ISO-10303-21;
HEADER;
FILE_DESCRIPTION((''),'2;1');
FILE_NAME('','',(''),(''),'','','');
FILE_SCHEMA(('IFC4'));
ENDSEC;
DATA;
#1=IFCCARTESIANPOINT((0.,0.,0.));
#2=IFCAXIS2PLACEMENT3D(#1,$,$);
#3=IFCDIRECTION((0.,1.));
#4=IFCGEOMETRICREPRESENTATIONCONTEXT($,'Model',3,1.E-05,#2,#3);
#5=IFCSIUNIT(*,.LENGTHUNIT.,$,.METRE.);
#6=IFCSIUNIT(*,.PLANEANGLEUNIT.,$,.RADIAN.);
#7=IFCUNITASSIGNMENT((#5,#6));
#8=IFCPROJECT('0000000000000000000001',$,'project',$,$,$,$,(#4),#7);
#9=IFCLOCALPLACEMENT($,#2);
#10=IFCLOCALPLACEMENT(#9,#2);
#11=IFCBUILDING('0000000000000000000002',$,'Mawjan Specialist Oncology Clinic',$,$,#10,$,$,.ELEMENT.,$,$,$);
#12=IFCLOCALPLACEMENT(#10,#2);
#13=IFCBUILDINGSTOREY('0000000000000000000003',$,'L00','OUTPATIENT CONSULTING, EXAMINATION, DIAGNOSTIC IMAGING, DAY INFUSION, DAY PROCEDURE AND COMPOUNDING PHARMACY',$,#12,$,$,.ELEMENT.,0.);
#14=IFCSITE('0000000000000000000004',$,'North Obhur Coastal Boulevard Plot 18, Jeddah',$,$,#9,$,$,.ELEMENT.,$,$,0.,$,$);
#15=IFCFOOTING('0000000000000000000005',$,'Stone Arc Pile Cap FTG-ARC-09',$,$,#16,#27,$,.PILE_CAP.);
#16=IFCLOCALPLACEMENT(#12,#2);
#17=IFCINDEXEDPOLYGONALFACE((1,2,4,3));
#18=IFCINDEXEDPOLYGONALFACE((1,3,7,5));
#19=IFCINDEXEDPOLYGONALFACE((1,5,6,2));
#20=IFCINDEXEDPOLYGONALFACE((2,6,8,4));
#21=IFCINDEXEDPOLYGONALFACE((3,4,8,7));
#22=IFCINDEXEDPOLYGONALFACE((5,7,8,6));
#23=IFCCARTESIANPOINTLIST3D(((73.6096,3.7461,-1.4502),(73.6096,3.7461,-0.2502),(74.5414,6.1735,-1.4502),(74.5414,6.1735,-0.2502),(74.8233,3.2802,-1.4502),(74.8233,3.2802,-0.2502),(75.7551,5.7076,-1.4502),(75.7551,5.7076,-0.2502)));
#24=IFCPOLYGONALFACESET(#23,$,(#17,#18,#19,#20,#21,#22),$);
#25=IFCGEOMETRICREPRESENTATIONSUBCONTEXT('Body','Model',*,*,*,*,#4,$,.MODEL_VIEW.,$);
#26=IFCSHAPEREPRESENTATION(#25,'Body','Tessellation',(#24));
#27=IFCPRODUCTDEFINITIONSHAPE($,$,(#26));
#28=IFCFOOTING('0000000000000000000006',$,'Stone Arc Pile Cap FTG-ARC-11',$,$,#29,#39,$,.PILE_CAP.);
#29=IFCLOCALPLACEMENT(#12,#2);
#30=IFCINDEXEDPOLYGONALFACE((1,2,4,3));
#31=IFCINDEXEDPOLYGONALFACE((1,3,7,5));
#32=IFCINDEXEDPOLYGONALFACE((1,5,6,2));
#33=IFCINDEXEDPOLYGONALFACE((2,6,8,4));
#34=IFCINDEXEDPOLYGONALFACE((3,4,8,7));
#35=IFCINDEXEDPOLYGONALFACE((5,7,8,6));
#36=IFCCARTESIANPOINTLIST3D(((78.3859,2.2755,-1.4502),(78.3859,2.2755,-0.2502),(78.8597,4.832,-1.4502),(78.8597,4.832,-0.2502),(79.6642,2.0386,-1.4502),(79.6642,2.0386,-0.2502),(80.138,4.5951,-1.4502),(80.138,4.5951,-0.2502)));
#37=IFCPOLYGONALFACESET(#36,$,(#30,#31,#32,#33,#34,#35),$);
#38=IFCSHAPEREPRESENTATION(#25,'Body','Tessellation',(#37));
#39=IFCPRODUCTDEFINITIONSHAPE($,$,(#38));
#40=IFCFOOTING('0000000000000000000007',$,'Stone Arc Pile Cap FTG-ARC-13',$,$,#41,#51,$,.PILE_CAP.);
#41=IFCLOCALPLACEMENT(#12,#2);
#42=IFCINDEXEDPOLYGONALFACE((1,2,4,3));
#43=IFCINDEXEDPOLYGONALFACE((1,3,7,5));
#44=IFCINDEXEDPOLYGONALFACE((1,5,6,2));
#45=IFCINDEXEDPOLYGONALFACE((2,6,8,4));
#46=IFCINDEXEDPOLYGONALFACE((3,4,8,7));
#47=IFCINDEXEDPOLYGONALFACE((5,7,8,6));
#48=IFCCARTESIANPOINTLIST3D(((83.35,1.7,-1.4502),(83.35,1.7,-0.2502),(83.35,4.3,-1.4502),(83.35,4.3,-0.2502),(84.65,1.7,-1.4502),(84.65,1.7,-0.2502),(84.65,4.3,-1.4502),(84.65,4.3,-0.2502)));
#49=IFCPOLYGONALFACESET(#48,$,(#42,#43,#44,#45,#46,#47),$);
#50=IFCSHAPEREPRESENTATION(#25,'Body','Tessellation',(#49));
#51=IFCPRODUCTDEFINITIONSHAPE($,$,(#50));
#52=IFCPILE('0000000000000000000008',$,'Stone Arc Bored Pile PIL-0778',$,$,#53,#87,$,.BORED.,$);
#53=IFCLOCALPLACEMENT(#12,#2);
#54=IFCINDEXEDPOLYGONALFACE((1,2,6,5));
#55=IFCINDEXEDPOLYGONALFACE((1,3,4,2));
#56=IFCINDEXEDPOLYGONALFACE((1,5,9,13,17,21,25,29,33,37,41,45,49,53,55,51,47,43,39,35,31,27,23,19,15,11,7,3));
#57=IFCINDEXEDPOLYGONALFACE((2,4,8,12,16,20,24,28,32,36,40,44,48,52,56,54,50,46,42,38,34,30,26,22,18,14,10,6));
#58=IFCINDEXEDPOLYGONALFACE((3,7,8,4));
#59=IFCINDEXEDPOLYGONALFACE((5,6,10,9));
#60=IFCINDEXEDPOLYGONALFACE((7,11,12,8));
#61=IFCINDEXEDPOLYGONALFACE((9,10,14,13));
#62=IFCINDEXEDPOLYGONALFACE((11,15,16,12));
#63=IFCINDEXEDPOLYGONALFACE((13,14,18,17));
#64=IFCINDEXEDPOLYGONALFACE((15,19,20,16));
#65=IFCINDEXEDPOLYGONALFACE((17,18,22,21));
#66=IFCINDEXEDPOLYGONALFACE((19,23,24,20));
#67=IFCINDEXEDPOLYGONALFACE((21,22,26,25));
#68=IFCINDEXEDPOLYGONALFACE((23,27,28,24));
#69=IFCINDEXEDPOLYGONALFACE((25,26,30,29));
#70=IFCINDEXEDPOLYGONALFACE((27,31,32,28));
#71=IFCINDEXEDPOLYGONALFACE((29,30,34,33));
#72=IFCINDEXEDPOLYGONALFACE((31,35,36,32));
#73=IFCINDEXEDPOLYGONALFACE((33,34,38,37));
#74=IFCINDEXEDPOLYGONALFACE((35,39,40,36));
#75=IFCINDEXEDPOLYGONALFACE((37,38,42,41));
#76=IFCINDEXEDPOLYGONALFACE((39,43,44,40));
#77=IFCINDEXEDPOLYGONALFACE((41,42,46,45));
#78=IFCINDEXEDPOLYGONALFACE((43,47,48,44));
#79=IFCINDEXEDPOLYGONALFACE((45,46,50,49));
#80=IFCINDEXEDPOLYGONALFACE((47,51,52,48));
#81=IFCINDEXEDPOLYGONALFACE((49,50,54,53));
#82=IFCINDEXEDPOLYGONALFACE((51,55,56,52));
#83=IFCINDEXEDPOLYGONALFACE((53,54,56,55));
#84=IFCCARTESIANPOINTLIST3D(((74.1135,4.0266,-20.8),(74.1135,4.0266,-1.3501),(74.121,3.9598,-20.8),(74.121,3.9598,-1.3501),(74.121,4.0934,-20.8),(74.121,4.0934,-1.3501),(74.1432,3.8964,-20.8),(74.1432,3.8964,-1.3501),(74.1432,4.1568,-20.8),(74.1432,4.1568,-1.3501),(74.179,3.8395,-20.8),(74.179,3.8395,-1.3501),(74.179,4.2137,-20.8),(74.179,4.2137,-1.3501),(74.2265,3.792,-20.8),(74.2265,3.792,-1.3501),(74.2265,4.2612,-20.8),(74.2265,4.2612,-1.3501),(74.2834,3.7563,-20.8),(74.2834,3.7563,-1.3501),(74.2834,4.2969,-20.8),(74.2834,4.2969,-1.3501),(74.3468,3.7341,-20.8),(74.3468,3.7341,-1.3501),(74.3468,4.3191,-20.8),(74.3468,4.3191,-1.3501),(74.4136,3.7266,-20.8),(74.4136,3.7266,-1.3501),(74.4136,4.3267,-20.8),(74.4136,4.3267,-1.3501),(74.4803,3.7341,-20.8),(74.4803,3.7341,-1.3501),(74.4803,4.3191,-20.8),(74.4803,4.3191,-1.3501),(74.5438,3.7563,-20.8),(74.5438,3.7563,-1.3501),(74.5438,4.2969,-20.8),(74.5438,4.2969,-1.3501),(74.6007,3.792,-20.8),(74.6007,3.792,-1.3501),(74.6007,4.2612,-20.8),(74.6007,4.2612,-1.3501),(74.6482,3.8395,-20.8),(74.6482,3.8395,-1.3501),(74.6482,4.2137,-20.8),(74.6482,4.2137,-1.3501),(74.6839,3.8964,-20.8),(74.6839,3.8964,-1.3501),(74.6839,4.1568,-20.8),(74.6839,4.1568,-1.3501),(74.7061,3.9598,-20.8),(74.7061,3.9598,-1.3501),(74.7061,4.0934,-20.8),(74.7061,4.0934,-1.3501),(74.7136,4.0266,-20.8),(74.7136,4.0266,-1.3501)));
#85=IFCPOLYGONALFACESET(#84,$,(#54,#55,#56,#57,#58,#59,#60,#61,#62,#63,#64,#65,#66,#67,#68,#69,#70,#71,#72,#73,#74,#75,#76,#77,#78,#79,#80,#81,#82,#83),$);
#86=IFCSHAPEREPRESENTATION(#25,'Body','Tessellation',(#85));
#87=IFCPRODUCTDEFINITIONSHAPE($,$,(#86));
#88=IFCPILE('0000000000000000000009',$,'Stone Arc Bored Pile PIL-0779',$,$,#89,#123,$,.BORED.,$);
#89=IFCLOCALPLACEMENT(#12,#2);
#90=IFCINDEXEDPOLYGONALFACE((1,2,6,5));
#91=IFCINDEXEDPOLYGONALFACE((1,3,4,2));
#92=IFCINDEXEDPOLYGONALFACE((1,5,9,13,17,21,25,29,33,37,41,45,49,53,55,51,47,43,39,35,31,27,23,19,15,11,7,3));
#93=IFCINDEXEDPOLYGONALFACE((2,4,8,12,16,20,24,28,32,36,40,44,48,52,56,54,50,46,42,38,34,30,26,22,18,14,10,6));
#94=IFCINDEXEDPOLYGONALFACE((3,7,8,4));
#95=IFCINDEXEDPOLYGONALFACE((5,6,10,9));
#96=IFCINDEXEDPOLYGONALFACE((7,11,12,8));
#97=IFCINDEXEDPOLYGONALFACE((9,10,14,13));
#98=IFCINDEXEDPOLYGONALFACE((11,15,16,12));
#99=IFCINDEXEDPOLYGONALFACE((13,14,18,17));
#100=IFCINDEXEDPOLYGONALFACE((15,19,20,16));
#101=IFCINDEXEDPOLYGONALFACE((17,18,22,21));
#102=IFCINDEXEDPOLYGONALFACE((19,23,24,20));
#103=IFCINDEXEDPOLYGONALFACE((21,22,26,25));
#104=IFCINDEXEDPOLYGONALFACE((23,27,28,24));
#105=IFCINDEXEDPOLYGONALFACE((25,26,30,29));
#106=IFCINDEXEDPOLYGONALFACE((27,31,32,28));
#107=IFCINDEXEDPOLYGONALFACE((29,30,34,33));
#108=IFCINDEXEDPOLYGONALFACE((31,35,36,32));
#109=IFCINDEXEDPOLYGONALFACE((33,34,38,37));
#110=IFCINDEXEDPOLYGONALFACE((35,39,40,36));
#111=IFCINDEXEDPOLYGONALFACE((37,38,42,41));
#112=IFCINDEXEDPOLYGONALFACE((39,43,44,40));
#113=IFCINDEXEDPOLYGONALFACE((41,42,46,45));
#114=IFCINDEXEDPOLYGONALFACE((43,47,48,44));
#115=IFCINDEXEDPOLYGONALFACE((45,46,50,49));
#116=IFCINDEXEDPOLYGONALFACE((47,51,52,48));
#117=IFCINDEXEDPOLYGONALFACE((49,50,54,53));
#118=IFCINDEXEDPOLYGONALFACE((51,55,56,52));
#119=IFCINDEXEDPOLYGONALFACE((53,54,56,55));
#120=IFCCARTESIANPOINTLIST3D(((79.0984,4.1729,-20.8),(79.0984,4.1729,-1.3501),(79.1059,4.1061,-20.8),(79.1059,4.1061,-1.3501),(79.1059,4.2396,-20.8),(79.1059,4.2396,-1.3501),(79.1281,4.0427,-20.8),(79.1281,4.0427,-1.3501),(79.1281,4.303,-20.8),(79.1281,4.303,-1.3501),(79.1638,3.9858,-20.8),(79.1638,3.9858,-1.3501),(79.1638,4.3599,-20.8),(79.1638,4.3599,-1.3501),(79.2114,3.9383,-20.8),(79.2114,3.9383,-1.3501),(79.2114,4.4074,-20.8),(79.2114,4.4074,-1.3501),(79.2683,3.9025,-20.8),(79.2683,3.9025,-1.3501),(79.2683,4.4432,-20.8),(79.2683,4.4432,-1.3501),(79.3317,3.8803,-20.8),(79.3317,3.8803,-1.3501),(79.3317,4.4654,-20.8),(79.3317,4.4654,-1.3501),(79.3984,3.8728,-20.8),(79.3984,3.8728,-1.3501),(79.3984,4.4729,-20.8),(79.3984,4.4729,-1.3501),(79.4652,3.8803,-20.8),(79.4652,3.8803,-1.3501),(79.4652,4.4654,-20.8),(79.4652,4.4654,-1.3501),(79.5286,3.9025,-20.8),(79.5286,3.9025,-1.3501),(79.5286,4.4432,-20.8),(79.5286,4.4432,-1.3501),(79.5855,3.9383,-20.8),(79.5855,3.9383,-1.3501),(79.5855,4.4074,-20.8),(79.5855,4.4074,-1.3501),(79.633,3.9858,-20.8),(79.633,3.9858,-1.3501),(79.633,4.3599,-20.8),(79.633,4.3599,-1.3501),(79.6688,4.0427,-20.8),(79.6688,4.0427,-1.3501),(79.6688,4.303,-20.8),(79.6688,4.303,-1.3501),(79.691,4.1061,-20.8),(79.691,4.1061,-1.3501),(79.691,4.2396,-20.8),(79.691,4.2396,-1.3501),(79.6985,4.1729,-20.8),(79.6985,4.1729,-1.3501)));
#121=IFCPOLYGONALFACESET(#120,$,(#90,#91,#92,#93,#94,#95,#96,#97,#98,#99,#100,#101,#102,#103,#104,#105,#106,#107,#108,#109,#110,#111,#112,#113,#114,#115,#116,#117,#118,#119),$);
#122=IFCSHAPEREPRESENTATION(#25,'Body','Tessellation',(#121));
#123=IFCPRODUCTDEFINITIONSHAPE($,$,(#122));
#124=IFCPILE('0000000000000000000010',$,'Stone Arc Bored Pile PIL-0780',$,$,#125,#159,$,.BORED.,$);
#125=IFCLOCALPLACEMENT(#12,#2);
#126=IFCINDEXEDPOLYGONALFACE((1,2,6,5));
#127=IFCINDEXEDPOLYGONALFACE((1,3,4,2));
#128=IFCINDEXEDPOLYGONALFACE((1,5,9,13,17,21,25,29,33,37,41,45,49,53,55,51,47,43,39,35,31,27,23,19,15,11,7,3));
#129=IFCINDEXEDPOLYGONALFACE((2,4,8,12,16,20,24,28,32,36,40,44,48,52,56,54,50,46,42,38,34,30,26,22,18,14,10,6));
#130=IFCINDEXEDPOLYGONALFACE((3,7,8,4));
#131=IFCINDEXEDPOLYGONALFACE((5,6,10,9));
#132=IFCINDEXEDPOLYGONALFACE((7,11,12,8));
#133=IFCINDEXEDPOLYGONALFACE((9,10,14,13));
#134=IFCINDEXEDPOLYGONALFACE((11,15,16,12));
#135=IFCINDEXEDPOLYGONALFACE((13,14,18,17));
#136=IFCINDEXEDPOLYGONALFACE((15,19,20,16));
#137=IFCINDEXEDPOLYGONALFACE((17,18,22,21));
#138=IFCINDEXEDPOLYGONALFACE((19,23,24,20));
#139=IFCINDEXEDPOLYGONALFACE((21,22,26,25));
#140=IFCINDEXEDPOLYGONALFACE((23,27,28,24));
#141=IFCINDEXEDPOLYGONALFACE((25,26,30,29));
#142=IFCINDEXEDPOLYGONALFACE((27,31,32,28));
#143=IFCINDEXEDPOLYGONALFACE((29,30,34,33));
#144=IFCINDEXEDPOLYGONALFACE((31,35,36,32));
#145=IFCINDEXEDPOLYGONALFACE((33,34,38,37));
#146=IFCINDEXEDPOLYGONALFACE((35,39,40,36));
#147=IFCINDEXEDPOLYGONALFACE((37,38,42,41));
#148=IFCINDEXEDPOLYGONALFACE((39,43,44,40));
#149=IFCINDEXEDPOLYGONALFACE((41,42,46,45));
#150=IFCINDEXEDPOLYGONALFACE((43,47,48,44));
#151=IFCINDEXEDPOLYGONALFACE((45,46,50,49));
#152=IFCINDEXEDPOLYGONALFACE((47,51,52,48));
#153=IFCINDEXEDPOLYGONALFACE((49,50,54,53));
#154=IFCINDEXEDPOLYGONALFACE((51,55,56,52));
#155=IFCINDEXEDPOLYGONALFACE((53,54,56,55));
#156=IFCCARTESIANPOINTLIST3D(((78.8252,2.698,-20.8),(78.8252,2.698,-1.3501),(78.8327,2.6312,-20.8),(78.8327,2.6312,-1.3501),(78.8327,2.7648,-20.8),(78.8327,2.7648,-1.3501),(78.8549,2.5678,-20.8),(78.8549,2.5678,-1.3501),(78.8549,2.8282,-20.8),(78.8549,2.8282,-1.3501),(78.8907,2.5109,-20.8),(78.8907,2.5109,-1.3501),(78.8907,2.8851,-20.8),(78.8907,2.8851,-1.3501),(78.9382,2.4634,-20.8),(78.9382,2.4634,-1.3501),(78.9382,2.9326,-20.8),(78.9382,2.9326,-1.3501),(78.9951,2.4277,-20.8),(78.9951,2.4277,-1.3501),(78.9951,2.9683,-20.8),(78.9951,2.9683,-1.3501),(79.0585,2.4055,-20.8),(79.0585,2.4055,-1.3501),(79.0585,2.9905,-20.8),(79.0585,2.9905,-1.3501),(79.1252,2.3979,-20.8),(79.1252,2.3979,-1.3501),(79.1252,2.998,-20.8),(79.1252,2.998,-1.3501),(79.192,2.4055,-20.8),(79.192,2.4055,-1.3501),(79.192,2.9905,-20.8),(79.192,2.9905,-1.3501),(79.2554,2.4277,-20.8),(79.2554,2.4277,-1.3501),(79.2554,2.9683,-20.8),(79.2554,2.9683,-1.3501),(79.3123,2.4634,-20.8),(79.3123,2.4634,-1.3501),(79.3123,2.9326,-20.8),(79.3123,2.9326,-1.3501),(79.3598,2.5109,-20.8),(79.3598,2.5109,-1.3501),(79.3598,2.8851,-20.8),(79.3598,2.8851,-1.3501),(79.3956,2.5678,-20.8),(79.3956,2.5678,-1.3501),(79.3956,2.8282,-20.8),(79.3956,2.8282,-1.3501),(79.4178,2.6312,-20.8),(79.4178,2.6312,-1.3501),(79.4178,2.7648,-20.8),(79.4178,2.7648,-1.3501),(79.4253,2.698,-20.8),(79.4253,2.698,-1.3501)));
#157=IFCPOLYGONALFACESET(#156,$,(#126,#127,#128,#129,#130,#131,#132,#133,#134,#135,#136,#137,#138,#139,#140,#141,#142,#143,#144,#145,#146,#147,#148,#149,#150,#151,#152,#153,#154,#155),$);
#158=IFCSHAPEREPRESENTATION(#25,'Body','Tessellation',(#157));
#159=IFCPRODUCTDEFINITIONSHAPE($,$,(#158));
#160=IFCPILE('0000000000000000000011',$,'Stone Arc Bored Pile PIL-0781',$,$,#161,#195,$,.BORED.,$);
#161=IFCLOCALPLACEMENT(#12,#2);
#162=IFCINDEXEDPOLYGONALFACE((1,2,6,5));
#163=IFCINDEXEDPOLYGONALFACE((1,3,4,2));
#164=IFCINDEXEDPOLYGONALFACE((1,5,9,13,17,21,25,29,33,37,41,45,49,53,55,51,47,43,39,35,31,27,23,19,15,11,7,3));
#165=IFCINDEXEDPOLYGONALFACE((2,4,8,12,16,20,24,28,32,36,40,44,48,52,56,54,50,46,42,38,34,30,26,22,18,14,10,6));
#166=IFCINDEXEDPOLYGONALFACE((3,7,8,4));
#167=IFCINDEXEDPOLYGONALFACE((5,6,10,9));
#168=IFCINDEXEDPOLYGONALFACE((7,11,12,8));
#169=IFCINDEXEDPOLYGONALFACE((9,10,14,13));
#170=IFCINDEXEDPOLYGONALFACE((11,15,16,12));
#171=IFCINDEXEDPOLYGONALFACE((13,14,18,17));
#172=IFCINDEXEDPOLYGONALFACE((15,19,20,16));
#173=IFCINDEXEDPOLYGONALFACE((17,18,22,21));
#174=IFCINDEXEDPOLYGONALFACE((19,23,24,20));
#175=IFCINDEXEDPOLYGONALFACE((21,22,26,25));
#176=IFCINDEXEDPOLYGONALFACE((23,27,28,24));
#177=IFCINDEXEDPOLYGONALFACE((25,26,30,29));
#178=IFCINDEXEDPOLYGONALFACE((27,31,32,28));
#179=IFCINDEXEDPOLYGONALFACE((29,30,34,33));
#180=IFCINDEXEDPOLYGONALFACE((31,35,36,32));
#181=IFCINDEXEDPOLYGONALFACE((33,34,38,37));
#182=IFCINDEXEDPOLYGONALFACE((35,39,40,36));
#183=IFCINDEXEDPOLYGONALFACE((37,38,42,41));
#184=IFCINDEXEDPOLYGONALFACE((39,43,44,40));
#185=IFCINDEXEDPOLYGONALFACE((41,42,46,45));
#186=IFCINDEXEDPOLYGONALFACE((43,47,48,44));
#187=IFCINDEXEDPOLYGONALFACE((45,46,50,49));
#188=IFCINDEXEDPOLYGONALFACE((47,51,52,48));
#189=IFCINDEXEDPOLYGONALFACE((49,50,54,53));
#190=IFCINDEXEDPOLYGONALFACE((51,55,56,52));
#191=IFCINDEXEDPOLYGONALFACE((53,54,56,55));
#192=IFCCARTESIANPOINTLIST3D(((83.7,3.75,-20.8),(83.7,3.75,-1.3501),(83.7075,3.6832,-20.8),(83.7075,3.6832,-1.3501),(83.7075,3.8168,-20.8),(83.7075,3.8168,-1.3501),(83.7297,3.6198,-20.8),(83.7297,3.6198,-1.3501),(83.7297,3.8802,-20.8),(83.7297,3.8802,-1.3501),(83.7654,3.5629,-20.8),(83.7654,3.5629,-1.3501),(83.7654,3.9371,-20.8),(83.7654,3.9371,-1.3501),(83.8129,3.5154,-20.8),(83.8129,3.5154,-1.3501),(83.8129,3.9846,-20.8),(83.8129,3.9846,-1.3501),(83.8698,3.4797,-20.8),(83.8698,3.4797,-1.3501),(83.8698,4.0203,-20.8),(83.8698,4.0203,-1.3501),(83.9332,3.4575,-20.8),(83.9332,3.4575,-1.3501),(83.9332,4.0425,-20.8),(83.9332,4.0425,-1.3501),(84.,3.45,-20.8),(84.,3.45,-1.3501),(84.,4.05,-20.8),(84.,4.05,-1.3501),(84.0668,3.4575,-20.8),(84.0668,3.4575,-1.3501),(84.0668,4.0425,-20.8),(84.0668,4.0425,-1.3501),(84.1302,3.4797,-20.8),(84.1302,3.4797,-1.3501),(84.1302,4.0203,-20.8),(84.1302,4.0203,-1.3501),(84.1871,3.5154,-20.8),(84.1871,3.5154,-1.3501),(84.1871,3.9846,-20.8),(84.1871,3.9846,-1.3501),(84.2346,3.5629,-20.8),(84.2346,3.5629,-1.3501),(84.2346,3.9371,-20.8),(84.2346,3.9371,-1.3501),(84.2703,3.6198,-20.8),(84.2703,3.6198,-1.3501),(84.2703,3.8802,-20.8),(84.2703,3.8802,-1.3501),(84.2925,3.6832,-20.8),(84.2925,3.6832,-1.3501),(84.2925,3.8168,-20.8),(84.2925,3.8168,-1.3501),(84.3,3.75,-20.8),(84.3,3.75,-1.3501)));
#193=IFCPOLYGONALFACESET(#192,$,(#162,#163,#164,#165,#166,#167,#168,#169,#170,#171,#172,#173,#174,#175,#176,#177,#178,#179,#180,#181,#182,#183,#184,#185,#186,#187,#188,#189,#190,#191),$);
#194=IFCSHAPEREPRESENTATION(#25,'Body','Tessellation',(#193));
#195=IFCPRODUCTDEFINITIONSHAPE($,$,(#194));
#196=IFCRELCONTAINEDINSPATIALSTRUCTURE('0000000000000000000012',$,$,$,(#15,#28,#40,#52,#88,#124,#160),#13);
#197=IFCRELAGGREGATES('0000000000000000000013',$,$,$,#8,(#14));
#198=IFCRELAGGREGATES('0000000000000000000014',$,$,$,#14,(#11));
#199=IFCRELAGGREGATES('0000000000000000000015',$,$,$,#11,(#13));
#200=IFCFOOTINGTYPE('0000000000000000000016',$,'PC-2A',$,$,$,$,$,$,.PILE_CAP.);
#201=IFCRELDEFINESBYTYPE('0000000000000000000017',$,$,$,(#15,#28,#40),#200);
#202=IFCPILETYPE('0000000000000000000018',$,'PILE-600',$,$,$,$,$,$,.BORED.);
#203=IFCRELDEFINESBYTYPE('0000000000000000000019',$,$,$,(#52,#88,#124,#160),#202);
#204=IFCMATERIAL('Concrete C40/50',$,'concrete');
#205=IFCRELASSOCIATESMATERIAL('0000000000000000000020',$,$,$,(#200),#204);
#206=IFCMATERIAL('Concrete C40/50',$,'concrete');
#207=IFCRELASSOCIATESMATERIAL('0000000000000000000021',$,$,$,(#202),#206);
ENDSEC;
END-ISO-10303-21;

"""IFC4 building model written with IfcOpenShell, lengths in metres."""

from ifc_helpers import new_model, si_unit, direction, frame, origin, origin_2d, place, context, subcontext, project, spatial, rectangle, circle, extrude, material, material_profile, profile_set, type_object, element, save


model = new_model("IFC4")

# Units and contexts
model_context = context("Model", 3, precision=1e-05, world=origin(), true_north=direction((0.0, 1.0)))
body_context = subcontext(model_context, "Body", "Model", "MODEL_VIEW")
ifc_project = project(units=[si_unit("LENGTHUNIT", "METRE"), si_unit("PLANEANGLEUNIT", "RADIAN")], contexts=[model_context])

# Site, building, storey
site_placement = place(None, origin())
site = spatial("IfcSite", under=ifc_project, at=site_placement, Name="North Obhur Coastal Boulevard Plot 18, Jeddah", CompositionType="ELEMENT", RefElevation=0.0)
building_placement = place(site_placement, origin())
building = spatial("IfcBuilding", under=site, at=building_placement, Name="Mawjan Specialist Oncology Clinic", CompositionType="ELEMENT")
storey_placement = place(building_placement, origin())
storey = spatial("IfcBuildingStorey", under=building, at=storey_placement, Name="L00", Description="OUTPATIENT CONSULTING, EXAMINATION, DIAGNOSTIC IMAGING, DAY INFUSION, DAY PROCEDURE AND COMPOUNDING PHARMACY", CompositionType="ELEMENT", Elevation=0.0)

# Footings
ifc_material_1 = material(Name="Concrete C40/50", Category="concrete")
footing_type_1 = type_object("IfcFootingType", Name="PC-2A", PredefinedType="PILE_CAP", material=ifc_material_1)
for number, where, z_axis, x_axis, name in (
    (1, (74.6824, 4.7268, -1.4502), (0.0, 0.0, 1.0), (-0.358368, -0.93358, 0.0), "Stone Arc Pile Cap FTG-ARC-09"),
    (2, (79.262, 3.4353, -1.4502), (0.0, 0.0, 1.0), (-0.182236, -0.983255, 0.0), "Stone Arc Pile Cap FTG-ARC-11"),
    (3, (84.0, 3.0, -1.4502), (0.0, 0.0, 1.0), (0.0, -1.0, 0.0), "Stone Arc Pile Cap FTG-ARC-13"),
):
    element("IfcFooting", number, at=place(storey_placement, frame(where, z_axis=z_axis, x_axis=x_axis)), inside=storey, type_object=footing_type_1, Name=name, PredefinedType="PILE_CAP", context=body_context, shape_type="SweptSolid", body=[
        extrude(rectangle(XDim=2.6001, YDim=1.3, at=origin_2d()), origin(), (0.0, 0.0, 1.0), 1.2),
    ])

# Piles
ifc_material_2 = material(Name="Concrete C40/50", Category="concrete")
ifc_material_profile_1 = material_profile(ifc_material_2, circle(Radius=0.3, at=origin_2d()), Name="BORED PILE D600", Category="concrete")
ifc_profile_set_1 = profile_set([ifc_material_profile_1], Name="Concrete C40/50")
pile_type = type_object("IfcPileType", Name="PILE-600", PredefinedType="BORED", material=ifc_profile_set_1)
for number, where, z_axis, x_axis, name in (
    (4, (74.4136, 4.0266, -1.3501), (0.0, 0.0, -1.0), (1.0, 0.0, 0.0), "Stone Arc Bored Pile PIL-0778"),
    (5, (79.3984, 4.1729, -1.3501), (0.0, 0.0, -1.0), (1.0, 0.0, 0.0), "Stone Arc Bored Pile PIL-0779"),
    (6, (79.1252, 2.698, -1.3501), (0.0, 0.0, -1.0), (1.0, 0.0, 0.0), "Stone Arc Bored Pile PIL-0780"),
    (7, (84.0, 3.75, -1.3501), (0.0, 0.0, -1.0), (1.0, 0.0, 0.0), "Stone Arc Bored Pile PIL-0781"),
):
    element("IfcPile", number, at=place(storey_placement, frame(where, z_axis=z_axis, x_axis=x_axis)), inside=storey, type_object=pile_type, Name=name, PredefinedType="BORED", context=body_context, shape_type="SweptSolid", body=[
        extrude(circle(Radius=0.3, at=origin_2d()), origin(), (0.0, 0.0, 1.0), 19.45),
    ])

save(model, "model.ifc")
